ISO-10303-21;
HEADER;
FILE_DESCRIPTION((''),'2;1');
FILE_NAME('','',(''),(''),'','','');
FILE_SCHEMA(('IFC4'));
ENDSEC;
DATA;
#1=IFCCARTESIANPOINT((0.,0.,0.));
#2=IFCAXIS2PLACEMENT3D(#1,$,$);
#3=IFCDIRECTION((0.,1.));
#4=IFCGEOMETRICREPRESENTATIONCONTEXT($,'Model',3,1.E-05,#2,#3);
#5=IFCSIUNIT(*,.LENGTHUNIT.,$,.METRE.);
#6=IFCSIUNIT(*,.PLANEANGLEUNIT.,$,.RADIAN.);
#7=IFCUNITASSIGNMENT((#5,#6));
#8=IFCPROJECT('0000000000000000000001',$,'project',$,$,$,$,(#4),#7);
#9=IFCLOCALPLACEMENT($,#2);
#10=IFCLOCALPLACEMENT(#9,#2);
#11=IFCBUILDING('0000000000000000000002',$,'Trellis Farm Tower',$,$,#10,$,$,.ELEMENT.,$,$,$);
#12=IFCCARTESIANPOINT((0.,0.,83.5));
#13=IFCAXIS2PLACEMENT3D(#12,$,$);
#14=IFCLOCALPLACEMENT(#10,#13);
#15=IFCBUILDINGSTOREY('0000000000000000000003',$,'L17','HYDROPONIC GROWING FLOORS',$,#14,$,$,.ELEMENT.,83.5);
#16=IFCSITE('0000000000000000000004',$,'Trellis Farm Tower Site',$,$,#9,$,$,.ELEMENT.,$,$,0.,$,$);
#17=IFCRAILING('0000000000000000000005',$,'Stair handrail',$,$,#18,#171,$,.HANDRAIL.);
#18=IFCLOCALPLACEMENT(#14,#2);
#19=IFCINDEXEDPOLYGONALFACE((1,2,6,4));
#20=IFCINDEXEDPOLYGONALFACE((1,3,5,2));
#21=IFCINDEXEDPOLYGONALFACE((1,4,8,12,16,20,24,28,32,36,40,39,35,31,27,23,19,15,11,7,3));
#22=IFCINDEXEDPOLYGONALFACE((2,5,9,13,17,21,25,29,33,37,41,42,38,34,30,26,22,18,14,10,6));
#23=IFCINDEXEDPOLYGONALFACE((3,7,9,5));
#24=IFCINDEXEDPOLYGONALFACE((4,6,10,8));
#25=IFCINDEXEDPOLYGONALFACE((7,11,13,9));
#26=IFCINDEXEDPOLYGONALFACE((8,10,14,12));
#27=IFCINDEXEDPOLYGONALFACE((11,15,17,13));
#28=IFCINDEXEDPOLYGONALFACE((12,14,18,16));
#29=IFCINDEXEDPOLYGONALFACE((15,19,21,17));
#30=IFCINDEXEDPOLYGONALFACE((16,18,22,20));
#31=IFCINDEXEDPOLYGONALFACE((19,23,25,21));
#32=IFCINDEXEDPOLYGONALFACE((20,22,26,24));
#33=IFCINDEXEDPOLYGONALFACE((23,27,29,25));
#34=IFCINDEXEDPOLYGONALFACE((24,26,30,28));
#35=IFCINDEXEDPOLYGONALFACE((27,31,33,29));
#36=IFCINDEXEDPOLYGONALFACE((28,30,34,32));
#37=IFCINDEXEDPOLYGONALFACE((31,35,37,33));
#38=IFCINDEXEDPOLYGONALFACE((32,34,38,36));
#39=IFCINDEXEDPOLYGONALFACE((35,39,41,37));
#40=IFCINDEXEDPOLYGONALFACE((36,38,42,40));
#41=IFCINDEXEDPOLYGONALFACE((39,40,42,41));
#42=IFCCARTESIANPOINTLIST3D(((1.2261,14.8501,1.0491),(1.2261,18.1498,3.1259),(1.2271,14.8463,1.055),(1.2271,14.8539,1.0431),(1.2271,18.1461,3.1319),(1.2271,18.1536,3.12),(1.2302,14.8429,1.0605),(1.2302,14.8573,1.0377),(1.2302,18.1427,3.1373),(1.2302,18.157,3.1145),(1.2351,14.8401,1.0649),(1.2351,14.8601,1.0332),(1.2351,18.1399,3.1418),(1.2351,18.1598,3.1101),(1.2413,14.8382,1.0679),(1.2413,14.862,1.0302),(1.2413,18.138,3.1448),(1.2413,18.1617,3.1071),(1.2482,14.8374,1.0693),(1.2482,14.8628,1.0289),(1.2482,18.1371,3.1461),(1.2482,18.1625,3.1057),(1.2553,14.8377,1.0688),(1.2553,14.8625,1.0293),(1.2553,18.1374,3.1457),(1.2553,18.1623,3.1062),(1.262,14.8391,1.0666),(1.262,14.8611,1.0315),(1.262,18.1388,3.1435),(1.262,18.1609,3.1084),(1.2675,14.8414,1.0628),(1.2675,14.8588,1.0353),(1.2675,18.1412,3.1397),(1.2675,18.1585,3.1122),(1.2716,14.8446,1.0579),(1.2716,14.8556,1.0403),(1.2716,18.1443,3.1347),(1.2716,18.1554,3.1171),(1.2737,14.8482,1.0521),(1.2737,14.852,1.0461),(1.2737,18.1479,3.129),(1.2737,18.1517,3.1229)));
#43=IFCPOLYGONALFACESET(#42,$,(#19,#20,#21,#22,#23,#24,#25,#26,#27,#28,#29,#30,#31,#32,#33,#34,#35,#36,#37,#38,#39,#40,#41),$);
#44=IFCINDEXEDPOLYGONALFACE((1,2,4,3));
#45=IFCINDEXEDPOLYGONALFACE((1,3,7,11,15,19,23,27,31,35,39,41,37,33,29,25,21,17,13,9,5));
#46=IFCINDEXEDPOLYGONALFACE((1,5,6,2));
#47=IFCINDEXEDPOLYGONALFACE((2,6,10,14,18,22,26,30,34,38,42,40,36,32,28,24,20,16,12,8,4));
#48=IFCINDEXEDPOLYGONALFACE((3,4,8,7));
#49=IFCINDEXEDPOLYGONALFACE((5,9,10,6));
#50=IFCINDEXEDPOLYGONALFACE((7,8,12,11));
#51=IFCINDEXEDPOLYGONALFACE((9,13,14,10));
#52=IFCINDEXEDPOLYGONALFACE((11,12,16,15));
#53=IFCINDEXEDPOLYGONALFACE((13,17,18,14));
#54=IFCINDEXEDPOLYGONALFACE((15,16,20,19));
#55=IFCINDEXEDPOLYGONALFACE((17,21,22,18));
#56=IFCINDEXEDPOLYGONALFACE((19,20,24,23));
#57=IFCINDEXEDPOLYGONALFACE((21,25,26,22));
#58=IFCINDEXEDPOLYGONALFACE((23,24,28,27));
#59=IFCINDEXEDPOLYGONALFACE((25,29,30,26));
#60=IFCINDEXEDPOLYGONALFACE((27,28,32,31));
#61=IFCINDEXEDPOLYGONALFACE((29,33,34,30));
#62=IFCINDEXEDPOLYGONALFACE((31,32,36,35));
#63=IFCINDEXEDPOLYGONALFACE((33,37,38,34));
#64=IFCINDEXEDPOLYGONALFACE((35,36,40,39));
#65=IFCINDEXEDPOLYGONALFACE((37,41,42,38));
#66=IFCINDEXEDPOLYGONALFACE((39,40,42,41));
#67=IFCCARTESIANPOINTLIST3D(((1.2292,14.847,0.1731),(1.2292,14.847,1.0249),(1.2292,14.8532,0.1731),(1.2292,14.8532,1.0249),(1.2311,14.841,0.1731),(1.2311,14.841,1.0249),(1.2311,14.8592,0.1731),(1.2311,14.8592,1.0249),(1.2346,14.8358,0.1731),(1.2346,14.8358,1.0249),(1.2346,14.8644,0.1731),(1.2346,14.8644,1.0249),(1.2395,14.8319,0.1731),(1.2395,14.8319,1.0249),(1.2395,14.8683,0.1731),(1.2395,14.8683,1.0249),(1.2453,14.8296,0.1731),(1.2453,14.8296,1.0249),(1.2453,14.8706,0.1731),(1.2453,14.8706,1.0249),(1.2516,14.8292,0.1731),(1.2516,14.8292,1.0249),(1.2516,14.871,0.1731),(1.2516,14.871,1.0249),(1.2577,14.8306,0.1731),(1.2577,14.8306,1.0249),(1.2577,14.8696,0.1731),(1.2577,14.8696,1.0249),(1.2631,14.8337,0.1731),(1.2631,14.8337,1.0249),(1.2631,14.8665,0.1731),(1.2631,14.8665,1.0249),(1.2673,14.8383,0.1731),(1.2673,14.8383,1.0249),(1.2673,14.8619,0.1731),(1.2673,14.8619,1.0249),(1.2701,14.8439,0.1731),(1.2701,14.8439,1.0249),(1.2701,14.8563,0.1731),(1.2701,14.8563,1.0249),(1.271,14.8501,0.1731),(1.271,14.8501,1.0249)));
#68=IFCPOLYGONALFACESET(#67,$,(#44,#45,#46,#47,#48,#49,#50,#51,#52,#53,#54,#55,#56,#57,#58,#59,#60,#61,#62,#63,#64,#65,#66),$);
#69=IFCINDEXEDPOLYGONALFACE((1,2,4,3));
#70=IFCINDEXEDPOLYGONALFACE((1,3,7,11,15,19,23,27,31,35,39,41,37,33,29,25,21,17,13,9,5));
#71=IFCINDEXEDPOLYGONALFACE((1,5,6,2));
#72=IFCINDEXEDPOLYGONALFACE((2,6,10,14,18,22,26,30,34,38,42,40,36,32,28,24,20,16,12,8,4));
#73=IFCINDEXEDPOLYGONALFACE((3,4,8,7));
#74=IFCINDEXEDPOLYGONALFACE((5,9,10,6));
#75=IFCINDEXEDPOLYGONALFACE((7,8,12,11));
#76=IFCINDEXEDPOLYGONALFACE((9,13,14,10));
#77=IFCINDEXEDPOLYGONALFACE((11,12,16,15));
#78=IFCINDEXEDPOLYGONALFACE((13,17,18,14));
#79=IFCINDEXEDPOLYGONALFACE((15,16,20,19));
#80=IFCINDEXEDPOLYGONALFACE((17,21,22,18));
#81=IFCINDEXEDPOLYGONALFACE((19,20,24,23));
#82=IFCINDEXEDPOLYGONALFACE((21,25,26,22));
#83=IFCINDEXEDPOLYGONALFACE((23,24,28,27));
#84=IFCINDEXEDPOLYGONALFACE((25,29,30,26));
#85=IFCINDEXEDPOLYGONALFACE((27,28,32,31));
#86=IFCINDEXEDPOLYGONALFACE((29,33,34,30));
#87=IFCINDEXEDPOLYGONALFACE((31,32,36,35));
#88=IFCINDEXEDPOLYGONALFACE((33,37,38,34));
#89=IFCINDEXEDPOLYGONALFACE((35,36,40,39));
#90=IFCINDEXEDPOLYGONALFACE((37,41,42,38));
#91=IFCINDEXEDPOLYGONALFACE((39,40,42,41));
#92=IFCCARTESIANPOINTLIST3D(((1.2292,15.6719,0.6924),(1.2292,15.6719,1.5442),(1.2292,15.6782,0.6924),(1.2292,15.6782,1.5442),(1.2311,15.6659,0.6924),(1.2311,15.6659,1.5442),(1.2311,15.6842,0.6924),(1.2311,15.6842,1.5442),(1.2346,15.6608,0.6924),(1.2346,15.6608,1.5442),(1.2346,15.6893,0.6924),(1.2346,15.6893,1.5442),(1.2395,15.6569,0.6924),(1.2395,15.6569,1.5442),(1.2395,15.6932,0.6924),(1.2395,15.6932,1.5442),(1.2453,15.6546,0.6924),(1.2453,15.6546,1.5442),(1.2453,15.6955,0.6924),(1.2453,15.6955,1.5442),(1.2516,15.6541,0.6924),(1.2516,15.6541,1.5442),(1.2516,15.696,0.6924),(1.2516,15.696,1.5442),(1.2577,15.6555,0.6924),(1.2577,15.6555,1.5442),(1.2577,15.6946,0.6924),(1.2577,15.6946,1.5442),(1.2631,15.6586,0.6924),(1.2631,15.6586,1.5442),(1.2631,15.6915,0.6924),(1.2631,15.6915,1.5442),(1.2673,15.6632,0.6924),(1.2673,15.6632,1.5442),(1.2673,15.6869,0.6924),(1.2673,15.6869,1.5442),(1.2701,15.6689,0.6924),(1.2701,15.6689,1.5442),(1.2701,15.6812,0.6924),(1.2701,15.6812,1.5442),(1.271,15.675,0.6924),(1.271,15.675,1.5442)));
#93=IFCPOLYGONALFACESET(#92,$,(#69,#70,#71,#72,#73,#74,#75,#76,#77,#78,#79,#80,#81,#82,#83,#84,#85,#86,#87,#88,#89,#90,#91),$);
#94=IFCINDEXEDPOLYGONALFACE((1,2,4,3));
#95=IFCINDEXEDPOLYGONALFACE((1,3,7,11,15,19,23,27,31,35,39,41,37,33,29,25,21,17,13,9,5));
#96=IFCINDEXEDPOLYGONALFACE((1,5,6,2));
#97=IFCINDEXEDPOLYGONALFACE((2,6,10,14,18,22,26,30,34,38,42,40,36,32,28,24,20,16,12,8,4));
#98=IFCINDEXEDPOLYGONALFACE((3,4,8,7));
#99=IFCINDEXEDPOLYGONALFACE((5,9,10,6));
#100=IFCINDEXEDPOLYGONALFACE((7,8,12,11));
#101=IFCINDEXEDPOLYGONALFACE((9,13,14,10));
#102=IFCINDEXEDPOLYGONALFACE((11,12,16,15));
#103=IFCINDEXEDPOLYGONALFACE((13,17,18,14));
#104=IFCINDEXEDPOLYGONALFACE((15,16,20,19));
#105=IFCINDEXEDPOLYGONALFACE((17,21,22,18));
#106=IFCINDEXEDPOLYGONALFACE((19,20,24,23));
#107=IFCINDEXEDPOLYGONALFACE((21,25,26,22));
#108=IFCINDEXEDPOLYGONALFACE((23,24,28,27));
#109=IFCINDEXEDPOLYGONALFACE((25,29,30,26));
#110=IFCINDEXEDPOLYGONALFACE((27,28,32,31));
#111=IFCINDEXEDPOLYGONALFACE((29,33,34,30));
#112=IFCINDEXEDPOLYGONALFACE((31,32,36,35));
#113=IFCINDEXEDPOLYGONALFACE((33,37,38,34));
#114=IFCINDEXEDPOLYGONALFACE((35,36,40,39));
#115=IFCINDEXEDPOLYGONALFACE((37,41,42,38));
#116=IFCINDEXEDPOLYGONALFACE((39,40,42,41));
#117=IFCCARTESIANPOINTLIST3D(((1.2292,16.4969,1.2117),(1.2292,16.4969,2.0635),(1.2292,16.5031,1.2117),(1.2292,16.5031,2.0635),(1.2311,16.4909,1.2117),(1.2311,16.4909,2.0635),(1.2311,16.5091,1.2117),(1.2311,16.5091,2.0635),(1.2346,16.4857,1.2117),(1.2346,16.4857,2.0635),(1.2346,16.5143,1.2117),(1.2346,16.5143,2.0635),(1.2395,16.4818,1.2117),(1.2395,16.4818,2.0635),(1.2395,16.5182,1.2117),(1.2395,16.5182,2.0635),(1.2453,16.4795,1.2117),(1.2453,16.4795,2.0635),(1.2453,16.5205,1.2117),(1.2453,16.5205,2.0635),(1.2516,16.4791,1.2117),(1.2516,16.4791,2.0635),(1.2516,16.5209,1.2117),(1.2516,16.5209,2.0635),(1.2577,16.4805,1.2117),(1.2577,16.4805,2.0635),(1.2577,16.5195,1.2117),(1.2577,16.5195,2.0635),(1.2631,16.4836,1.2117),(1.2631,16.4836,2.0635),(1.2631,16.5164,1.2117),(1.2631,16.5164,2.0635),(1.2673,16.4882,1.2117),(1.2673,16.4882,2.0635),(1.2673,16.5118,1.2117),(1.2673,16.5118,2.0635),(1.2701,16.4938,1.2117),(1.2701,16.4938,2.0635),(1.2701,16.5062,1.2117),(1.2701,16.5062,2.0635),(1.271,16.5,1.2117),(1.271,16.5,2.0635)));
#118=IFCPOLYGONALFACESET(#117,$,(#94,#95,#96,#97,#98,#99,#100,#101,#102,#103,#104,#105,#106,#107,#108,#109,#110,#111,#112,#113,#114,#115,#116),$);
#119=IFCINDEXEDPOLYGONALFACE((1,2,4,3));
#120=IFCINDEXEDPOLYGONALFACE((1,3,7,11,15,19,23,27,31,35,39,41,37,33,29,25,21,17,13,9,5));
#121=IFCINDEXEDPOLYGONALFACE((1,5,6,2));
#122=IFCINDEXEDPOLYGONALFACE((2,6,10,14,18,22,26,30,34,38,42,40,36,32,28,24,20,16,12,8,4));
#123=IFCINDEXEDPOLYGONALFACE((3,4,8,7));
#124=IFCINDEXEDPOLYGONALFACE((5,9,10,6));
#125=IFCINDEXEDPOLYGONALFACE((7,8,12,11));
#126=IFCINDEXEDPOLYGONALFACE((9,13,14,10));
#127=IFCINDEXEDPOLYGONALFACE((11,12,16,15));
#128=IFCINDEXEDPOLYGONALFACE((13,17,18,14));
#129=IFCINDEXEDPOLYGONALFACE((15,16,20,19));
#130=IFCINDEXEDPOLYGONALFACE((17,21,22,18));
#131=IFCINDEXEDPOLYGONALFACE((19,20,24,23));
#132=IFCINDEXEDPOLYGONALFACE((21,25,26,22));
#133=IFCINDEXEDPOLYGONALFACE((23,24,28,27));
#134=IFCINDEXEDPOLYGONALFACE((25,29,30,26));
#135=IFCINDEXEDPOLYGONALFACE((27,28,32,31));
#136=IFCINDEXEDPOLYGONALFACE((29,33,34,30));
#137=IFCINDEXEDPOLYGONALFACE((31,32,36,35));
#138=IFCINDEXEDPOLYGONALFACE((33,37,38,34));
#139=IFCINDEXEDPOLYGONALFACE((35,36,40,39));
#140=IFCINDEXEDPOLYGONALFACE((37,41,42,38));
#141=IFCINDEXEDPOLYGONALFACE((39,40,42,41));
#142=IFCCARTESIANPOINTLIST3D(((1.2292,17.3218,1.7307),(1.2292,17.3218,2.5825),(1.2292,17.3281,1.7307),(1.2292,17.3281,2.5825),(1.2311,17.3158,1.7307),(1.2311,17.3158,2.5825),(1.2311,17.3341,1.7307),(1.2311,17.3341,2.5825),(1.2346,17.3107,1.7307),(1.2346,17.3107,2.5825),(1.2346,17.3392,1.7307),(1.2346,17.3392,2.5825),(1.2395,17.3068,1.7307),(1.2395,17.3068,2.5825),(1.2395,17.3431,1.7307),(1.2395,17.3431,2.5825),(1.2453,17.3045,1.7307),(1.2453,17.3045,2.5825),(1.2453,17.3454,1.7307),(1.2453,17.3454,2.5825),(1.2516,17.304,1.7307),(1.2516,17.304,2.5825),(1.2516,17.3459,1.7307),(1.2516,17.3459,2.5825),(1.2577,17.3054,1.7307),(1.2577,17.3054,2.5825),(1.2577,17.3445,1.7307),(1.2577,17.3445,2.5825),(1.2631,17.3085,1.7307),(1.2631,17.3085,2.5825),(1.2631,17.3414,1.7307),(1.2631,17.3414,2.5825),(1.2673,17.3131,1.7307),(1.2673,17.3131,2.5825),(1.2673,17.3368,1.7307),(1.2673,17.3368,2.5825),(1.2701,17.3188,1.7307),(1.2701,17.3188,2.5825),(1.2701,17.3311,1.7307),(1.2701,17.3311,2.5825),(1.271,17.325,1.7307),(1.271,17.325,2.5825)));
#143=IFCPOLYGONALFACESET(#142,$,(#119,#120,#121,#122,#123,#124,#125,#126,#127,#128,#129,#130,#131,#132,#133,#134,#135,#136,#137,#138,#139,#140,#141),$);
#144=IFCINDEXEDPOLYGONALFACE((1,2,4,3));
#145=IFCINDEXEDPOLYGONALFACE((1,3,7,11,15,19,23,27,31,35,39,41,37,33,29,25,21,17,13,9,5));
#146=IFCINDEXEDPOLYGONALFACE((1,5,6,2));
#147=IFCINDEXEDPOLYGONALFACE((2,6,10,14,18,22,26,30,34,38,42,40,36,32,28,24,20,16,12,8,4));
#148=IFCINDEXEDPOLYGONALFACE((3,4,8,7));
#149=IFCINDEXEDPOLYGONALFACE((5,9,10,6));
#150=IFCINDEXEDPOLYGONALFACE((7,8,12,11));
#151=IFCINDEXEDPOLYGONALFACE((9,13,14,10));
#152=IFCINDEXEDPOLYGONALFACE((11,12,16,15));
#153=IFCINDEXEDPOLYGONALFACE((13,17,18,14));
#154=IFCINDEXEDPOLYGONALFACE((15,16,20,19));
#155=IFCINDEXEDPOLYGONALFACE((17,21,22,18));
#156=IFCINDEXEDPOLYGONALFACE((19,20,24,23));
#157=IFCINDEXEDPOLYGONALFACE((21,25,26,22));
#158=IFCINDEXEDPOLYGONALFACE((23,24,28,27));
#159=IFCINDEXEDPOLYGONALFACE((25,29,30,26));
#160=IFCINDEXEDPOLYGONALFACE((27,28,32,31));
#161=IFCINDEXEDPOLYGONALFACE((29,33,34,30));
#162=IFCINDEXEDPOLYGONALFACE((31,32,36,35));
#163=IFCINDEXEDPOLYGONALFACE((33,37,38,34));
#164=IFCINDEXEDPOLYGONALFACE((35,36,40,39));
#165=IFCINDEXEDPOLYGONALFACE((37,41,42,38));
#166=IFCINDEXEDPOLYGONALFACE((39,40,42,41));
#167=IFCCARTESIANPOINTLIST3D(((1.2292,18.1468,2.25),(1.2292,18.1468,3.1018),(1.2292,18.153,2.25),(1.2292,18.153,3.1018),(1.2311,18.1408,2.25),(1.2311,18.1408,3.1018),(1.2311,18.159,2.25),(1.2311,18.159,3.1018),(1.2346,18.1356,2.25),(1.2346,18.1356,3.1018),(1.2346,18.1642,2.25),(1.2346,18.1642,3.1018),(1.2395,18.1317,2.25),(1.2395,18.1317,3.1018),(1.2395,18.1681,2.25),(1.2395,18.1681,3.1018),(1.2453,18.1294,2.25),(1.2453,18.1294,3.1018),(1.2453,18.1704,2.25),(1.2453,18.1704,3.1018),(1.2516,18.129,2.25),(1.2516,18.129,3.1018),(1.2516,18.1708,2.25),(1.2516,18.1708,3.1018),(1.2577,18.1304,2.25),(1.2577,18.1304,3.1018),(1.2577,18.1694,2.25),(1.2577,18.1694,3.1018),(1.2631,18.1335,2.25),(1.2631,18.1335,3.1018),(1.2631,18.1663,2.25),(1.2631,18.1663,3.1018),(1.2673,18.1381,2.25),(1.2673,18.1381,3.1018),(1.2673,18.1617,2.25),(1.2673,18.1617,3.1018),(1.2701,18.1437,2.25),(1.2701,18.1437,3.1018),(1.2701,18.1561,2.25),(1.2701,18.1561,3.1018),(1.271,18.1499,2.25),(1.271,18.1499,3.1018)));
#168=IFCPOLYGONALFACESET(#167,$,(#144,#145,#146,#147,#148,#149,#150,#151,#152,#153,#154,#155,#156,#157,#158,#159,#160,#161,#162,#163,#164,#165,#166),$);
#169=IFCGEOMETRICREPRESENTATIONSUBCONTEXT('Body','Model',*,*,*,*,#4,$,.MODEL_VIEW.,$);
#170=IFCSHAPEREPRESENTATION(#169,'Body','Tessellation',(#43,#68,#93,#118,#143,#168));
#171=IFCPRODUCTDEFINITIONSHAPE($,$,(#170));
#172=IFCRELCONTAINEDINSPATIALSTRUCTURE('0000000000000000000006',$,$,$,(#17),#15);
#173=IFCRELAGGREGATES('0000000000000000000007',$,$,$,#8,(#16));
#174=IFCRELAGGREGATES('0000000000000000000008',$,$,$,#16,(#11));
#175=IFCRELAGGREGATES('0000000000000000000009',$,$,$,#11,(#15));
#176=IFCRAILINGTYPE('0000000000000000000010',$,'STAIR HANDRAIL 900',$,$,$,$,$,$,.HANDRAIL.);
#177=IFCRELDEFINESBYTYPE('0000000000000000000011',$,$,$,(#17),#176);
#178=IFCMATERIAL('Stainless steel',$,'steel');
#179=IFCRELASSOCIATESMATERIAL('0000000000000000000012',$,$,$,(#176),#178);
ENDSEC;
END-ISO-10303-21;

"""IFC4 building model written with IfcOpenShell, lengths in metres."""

from ifc_helpers import new_model, si_unit, direction, frame, origin, origin_2d, place, context, subcontext, project, spatial, circle, extrude, source, transform, mapped, material, type_object, element, save


model = new_model("IFC4")

# Units and contexts
model_context = context("Model", 3, precision=1e-05, world=origin(), true_north=direction((0.0, 1.0)))
body_context = subcontext(model_context, "Body", "Model", "MODEL_VIEW")
ifc_project = project(units=[si_unit("LENGTHUNIT", "METRE"), si_unit("PLANEANGLEUNIT", "RADIAN")], contexts=[model_context])

# Site, building, storey
site_placement = place(None, origin())
site = spatial("IfcSite", under=ifc_project, at=site_placement, Name="Trellis Farm Tower Site", CompositionType="ELEMENT", RefElevation=0.0)
building_placement = place(site_placement, origin())
building = spatial("IfcBuilding", under=site, at=building_placement, Name="Trellis Farm Tower", CompositionType="ELEMENT")
storey_placement = place(building_placement, frame((0.0, 0.0, 83.5)))
storey = spatial("IfcBuildingStorey", under=building, at=storey_placement, Name="L17", Description="HYDROPONIC GROWING FLOORS", CompositionType="ELEMENT", Elevation=83.5)

# Railing
ifc_material_1 = material(Name="Stainless steel", Category="steel")
railing_type = type_object("IfcRailingType", Name="STAIR HANDRAIL 900", PredefinedType="HANDRAIL", material=ifc_material_1)
shared_shape_1 = source(origin(), body_context, "Body", "SweptSolid", [
    extrude(circle(Radius=0.0239, at=origin_2d()), frame((0.0, 0.0, 0.876), z_axis=(0.0, 0.84632, 0.532675), x_axis=(-1.0, 0.0, 0.0)), (0.0, 0.0, 1.0), 3.8989),
    extrude(circle(Radius=0.021, at=origin_2d()), origin(), (0.0, 0.0, 1.0), 0.8518),
    extrude(circle(Radius=0.021, at=origin_2d()), frame((0.0, 0.825, 0.5193)), (0.0, 0.0, 1.0), 0.8518),
    extrude(circle(Radius=0.021, at=origin_2d()), frame((0.0, 1.6499, 1.0386)), (0.0, 0.0, 1.0), 0.8518),
    extrude(circle(Radius=0.021, at=origin_2d()), frame((0.0, 2.4749, 1.5576)), (0.0, 0.0, 1.0), 0.8518),
    extrude(circle(Radius=0.021, at=origin_2d()), frame((0.0, 3.2998, 2.0769)), (0.0, 0.0, 1.0), 0.8518),
])
railing_placement = place(storey_placement, frame((1.25, 14.8501, 0.1731)))
element("IfcRailing", 1, at=railing_placement, inside=storey, type_object=railing_type, Name="Stair handrail", PredefinedType="HANDRAIL", context=body_context, shape_type="MappedRepresentation", body=[
    mapped(shared_shape_1, transform((0.0, 0.0, 0.0))),
])

save(model, "model.ifc")
